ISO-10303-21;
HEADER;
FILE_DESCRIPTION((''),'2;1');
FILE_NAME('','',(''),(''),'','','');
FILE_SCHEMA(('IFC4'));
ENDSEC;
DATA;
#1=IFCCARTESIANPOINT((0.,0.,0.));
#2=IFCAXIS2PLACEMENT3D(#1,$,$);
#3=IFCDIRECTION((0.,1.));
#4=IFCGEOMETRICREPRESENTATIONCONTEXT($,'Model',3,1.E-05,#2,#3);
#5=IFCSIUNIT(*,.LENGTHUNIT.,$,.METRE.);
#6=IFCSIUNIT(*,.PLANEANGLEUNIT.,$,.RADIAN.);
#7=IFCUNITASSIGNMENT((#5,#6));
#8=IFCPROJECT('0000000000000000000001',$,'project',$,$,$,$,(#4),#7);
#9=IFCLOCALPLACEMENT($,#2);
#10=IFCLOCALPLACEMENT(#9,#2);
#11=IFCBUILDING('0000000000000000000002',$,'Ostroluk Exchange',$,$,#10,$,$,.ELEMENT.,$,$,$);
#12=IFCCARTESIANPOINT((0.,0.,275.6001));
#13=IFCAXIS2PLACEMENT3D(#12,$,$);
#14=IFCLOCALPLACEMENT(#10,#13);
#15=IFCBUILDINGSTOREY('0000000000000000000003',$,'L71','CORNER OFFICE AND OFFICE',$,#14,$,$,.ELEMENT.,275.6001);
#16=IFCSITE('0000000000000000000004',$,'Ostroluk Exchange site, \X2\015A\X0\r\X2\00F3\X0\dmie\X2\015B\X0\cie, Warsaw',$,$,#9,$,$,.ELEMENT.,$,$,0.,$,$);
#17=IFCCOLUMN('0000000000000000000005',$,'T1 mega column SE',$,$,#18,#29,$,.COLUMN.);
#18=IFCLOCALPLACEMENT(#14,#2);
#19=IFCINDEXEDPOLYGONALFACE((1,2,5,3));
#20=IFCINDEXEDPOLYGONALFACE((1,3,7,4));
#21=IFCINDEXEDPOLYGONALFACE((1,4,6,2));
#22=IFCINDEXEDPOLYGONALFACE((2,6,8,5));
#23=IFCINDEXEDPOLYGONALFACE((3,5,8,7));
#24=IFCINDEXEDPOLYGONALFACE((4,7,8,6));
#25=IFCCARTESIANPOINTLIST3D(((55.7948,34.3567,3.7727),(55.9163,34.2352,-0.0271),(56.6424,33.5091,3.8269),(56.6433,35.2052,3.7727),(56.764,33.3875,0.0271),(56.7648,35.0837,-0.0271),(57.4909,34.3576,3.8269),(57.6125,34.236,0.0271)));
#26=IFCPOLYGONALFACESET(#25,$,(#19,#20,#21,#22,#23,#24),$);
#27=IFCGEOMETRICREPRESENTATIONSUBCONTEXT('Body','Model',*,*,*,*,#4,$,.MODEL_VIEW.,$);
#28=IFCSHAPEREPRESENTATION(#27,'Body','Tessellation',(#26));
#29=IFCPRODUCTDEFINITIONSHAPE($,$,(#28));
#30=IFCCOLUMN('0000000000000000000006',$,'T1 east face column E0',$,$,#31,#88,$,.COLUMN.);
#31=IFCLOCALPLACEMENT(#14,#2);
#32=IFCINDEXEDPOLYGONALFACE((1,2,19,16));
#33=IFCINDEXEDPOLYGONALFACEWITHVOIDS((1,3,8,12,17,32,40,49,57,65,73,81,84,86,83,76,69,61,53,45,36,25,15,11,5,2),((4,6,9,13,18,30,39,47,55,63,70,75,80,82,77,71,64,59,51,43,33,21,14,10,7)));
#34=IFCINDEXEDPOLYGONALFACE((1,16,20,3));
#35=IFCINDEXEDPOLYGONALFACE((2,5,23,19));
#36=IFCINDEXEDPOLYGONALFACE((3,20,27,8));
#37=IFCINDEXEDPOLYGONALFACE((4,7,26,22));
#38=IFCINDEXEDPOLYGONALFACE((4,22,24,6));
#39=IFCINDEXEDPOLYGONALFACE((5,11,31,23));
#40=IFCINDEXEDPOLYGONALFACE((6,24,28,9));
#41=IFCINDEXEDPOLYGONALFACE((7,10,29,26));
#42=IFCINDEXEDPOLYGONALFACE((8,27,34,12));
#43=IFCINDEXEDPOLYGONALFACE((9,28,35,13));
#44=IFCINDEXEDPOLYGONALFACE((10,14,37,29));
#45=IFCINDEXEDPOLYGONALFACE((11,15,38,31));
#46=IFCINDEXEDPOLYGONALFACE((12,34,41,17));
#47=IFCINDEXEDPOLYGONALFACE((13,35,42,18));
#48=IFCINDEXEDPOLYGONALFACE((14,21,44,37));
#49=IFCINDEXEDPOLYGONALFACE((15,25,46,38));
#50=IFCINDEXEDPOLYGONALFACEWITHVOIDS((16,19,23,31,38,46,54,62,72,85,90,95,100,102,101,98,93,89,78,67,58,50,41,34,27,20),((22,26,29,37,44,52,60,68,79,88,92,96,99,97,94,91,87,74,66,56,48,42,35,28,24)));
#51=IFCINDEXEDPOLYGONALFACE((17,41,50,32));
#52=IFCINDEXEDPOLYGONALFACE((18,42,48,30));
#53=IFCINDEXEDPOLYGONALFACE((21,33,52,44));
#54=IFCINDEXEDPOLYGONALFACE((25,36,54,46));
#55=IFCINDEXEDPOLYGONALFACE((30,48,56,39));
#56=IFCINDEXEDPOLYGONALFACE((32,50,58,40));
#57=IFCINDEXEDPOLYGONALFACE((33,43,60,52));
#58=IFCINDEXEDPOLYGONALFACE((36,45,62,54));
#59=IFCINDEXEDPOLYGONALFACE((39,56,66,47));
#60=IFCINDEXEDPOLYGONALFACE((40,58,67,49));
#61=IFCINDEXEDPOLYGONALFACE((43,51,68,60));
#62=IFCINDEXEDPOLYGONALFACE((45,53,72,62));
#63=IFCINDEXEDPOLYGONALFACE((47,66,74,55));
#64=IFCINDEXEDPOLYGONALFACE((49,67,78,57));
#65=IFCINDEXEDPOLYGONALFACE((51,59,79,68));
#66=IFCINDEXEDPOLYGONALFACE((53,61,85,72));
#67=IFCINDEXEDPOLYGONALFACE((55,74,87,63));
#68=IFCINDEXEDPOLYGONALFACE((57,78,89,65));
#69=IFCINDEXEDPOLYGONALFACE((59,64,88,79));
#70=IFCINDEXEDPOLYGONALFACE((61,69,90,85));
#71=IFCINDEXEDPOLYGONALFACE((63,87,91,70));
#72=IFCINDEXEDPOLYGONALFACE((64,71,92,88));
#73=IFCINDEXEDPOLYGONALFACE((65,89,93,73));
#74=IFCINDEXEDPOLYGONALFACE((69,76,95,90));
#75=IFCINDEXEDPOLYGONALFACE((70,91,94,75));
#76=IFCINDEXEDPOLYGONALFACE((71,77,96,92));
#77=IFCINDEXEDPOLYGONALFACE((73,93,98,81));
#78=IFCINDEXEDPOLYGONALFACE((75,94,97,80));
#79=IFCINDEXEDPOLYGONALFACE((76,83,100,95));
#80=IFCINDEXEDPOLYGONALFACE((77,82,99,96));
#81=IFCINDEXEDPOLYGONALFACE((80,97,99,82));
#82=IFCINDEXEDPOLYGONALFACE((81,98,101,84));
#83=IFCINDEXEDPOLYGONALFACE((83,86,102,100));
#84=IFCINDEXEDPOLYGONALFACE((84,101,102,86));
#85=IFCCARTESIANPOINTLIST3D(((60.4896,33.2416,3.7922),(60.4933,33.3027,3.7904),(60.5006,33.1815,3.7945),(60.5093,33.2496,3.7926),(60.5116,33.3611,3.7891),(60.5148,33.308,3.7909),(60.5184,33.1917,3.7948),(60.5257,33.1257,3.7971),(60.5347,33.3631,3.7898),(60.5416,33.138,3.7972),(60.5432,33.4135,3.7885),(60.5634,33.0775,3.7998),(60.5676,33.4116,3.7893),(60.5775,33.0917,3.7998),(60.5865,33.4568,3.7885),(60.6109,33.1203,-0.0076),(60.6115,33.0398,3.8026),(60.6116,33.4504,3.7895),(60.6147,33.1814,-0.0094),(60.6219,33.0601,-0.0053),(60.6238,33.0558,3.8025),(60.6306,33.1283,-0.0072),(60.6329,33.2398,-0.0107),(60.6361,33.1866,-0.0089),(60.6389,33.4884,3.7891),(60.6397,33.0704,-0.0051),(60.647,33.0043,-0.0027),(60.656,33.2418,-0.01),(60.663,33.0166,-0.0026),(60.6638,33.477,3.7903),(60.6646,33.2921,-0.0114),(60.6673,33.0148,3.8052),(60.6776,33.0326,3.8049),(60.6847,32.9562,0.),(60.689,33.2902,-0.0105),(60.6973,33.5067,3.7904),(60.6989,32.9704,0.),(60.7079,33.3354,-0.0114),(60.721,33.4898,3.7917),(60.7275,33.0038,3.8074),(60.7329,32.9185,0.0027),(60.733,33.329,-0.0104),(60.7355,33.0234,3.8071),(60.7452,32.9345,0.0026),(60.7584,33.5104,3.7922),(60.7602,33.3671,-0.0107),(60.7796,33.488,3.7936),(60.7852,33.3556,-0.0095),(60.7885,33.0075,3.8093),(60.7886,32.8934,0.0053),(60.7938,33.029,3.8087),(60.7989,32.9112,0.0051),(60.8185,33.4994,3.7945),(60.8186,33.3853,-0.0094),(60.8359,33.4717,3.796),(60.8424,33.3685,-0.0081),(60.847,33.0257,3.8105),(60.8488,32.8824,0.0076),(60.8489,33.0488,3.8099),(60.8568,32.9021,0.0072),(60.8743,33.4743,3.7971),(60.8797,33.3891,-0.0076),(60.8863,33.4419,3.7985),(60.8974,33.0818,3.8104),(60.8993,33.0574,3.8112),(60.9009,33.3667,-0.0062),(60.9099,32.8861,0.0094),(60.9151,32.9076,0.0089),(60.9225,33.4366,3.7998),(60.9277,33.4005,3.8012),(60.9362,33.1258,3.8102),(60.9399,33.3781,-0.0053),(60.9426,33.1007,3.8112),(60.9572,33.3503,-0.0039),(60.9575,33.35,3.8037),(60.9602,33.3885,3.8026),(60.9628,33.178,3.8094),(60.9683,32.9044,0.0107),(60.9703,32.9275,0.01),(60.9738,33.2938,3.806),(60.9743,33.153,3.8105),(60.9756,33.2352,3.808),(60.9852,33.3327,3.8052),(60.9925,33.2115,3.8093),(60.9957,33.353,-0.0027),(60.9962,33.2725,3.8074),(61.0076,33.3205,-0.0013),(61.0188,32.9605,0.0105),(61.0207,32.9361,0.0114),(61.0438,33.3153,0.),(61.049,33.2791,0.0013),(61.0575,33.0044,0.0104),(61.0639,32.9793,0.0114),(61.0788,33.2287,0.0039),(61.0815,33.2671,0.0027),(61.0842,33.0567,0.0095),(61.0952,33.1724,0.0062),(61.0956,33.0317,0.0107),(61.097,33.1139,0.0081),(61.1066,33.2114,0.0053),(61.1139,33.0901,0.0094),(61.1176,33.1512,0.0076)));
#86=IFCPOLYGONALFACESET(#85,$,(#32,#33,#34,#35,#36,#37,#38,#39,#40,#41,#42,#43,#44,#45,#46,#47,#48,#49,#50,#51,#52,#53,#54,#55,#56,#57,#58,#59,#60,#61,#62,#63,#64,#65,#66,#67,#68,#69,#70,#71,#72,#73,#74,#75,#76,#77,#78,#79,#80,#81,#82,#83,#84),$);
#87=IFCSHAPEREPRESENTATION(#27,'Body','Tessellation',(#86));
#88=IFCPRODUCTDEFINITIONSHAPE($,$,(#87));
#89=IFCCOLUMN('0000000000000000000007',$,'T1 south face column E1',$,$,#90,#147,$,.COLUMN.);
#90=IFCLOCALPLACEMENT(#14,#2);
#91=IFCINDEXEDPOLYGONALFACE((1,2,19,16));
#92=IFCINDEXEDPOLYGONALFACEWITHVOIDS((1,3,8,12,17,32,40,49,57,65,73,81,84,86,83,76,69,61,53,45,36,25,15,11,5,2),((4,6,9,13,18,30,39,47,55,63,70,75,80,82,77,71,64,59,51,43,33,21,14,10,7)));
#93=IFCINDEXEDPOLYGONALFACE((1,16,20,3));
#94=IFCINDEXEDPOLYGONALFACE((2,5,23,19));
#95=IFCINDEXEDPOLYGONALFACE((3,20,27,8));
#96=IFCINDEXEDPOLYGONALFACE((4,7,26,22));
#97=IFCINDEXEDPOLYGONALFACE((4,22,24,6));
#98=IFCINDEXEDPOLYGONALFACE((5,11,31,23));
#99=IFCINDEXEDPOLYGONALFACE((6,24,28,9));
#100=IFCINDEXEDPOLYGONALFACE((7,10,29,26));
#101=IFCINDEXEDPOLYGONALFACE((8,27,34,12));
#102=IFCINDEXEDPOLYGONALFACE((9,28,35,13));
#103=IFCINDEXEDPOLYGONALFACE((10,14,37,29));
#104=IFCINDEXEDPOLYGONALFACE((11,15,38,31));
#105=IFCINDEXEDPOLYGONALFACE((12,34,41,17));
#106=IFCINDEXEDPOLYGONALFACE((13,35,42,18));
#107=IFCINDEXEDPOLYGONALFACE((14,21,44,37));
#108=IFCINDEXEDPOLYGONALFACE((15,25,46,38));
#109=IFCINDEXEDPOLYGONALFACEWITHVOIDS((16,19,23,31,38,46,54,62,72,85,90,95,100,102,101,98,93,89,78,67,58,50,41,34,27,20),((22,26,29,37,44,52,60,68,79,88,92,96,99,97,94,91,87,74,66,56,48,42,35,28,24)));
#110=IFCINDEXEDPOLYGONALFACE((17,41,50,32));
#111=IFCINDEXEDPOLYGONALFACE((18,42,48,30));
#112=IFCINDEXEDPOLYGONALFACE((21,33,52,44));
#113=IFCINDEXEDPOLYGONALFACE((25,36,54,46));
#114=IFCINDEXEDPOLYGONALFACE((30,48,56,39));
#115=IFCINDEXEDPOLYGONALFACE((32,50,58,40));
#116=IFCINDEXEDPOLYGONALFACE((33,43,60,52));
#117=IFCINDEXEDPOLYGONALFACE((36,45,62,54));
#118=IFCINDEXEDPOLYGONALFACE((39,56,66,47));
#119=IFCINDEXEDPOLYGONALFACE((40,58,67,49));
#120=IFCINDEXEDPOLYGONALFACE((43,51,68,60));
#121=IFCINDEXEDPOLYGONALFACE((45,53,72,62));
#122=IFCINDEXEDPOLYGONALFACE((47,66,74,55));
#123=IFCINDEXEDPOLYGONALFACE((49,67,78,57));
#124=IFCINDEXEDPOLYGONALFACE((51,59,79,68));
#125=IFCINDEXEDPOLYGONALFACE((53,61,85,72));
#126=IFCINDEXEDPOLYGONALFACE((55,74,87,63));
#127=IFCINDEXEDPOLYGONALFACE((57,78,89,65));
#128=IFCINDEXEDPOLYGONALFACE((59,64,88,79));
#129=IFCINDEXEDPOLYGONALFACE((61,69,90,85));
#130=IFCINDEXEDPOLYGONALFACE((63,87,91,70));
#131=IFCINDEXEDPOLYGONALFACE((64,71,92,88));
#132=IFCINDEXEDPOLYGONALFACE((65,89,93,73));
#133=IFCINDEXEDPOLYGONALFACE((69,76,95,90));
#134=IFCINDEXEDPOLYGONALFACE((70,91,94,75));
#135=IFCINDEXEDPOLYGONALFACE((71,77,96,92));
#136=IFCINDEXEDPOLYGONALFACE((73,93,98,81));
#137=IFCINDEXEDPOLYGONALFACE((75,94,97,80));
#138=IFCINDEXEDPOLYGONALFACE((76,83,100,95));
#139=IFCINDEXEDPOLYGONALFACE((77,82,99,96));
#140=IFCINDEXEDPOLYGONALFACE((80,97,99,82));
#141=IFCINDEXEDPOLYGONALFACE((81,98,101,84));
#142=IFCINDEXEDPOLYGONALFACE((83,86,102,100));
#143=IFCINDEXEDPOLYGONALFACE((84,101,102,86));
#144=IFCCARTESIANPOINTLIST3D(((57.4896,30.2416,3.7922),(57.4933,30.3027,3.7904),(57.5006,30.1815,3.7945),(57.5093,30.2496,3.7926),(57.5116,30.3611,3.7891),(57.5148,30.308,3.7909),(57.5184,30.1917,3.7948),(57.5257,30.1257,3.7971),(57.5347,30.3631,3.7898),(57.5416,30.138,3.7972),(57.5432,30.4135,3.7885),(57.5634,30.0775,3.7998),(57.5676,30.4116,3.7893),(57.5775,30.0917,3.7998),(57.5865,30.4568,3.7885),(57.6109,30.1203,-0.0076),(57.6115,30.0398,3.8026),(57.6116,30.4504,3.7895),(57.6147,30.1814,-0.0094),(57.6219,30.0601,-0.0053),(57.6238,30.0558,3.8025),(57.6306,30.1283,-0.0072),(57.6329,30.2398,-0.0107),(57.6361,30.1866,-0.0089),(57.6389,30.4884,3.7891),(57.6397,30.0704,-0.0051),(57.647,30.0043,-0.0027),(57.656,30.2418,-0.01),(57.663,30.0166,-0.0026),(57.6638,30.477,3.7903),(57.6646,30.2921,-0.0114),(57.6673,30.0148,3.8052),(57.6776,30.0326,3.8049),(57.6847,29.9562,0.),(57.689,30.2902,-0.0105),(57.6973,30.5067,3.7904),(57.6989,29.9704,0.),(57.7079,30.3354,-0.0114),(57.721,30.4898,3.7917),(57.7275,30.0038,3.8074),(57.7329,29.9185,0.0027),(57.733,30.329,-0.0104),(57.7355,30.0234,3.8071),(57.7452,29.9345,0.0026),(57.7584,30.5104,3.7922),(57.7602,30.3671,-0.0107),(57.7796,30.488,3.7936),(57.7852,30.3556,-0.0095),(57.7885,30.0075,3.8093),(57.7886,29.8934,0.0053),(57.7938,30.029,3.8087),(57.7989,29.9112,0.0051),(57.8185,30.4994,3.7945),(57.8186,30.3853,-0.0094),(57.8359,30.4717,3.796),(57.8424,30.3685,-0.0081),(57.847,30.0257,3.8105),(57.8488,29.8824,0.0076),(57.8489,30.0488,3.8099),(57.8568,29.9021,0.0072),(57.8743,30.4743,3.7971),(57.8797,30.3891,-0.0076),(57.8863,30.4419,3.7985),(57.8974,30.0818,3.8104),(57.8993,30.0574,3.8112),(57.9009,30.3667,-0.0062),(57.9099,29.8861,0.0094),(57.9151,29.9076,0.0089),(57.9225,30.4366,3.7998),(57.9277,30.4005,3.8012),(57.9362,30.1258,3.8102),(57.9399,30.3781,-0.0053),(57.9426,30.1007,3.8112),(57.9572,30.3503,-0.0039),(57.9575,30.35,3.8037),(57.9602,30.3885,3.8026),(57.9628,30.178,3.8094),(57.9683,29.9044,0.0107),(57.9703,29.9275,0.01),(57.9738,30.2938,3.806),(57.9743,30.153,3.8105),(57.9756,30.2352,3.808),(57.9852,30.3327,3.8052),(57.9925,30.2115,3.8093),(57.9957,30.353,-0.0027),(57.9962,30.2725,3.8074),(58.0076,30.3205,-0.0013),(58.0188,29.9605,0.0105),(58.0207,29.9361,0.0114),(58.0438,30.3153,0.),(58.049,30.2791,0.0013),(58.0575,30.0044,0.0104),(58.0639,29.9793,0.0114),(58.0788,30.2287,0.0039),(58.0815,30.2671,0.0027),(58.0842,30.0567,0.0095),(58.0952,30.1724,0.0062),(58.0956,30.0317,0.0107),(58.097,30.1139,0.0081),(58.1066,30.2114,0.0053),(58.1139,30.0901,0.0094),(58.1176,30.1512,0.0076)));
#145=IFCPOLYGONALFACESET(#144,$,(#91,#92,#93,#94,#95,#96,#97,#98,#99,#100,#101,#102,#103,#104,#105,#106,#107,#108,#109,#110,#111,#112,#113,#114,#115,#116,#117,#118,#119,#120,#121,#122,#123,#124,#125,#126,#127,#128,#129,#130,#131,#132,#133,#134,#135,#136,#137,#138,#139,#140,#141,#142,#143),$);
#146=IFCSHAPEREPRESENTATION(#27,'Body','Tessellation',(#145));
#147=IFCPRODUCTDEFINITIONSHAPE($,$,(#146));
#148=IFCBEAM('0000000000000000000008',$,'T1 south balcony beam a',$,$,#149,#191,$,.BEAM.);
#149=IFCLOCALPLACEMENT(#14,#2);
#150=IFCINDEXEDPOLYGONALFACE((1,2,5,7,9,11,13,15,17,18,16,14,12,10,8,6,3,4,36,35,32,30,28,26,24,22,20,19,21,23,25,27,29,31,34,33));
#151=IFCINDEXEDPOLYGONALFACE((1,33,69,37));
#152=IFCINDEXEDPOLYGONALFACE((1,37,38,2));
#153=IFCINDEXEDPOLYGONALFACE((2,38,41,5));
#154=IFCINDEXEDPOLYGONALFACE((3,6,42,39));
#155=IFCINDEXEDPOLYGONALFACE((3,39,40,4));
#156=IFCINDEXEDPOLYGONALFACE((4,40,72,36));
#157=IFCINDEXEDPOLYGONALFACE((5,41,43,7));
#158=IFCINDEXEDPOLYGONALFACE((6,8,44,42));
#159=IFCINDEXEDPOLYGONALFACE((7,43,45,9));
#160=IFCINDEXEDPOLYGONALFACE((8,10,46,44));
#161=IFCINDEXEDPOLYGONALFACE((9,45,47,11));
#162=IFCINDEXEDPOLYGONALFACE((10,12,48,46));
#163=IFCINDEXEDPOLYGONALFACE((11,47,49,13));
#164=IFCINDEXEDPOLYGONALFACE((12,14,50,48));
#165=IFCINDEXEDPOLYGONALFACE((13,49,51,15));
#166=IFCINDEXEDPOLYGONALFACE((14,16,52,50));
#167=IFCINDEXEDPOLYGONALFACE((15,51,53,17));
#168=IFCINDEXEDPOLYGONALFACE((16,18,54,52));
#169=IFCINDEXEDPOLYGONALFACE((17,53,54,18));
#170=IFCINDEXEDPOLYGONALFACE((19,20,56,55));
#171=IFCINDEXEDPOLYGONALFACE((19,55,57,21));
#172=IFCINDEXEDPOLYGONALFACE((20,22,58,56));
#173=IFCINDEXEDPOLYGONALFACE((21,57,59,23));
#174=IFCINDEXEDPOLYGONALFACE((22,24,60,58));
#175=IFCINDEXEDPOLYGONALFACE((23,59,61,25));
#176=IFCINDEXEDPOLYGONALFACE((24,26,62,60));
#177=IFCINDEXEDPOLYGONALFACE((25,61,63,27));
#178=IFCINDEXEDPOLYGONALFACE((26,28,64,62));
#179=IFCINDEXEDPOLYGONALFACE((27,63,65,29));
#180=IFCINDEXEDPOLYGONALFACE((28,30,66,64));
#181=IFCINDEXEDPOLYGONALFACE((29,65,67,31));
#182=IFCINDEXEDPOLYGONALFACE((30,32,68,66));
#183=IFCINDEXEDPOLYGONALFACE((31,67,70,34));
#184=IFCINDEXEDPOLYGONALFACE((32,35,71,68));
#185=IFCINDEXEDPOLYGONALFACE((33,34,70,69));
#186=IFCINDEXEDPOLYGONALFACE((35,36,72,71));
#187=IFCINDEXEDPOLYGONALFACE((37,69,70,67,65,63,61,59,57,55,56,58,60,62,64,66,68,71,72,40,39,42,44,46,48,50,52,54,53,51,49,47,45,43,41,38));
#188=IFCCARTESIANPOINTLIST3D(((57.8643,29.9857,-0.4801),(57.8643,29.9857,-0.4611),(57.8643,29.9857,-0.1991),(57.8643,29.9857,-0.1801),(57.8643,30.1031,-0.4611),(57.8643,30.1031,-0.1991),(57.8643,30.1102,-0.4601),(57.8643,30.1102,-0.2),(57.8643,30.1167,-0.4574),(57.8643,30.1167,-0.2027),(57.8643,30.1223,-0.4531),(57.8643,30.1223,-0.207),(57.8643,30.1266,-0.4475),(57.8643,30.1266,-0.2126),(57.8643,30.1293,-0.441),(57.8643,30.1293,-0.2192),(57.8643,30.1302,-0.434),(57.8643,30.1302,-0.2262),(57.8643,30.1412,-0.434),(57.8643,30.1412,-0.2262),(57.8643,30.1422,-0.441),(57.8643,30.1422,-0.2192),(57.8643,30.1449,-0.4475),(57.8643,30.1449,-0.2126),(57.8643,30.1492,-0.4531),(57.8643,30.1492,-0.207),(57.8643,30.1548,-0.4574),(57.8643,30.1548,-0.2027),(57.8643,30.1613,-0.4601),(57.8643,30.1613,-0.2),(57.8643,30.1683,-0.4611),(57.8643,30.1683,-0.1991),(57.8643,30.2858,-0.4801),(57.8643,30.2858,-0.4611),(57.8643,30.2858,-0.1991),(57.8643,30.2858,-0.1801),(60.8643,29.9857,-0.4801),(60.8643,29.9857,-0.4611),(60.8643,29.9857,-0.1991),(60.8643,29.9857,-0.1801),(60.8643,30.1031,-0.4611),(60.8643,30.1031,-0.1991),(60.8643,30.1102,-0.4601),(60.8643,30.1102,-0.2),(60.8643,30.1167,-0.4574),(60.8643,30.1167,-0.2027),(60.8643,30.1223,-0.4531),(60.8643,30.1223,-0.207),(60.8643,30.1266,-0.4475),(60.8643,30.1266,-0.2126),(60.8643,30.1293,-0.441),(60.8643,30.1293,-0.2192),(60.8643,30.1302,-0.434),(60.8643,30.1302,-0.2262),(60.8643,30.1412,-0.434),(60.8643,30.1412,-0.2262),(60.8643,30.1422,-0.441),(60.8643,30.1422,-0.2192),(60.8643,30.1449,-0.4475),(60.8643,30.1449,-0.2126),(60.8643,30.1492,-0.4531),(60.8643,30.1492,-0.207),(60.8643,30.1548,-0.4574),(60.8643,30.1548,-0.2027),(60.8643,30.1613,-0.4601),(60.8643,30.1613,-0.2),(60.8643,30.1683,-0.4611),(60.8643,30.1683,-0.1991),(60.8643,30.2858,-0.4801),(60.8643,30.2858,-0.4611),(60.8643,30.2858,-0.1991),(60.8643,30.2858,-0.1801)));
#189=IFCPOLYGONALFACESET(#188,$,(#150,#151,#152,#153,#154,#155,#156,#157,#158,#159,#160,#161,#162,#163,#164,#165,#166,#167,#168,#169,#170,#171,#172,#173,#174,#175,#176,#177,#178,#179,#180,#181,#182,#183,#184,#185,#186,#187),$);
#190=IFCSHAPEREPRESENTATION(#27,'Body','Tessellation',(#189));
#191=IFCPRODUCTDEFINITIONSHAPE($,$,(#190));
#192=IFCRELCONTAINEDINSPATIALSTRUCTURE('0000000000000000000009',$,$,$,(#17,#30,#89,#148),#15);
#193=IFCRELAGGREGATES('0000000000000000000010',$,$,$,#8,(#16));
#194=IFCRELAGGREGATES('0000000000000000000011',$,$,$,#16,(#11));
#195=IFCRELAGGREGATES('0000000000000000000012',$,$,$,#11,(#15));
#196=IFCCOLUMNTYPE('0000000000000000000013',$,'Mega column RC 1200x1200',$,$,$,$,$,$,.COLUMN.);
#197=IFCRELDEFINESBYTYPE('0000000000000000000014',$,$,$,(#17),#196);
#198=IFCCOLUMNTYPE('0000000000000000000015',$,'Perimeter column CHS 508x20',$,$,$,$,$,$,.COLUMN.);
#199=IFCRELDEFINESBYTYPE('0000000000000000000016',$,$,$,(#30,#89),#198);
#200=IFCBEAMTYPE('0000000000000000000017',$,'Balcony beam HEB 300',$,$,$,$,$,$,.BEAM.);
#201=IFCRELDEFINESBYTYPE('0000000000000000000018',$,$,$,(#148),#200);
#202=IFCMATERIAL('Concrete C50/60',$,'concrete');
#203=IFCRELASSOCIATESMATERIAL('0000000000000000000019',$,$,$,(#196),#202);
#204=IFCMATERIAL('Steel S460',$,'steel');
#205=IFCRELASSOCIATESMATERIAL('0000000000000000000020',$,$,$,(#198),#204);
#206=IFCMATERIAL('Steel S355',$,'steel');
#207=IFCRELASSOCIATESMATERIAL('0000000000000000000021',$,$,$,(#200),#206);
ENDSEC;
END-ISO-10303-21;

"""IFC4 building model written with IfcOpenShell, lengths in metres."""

from ifc_helpers import new_model, si_unit, direction, frame, origin, origin_2d, place, context, subcontext, project, spatial, rectangle, hollow_circle, i_section, extrude, material, material_profile, profile_set, type_object, element, save


model = new_model("IFC4")

# Units and contexts
model_context = context("Model", 3, precision=1e-05, world=origin(), true_north=direction((0.0, 1.0)))
body_context = subcontext(model_context, "Body", "Model", "MODEL_VIEW")
ifc_project = project(units=[si_unit("LENGTHUNIT", "METRE"), si_unit("PLANEANGLEUNIT", "RADIAN")], contexts=[model_context])

# Site, building, storey
site_placement = place(None, origin())
site = spatial("IfcSite", under=ifc_project, at=site_placement, Name="Ostroluk Exchange site, Śródmieście, Warsaw", CompositionType="ELEMENT", RefElevation=0.0)
building_placement = place(site_placement, origin())
building = spatial("IfcBuilding", under=site, at=building_placement, Name="Ostroluk Exchange", CompositionType="ELEMENT")
storey_placement = place(building_placement, frame((0.0, 0.0, 275.6001)))
storey = spatial("IfcBuildingStorey", under=building, at=storey_placement, Name="L71", Description="CORNER OFFICE AND OFFICE", CompositionType="ELEMENT", Elevation=275.6001)

# Columns
ifc_material_1 = material(Name="Concrete C50/60", Category="concrete")
ifc_material_profile_1 = material_profile(ifc_material_1, rectangle(XDim=1.2, YDim=1.2, at=origin_2d()), Name="RC 1200x1200")
ifc_profile_set_1 = profile_set([ifc_material_profile_1], Name="Concrete C50/60")
column_type_1 = type_object("IfcColumnType", Name="Mega column RC 1200x1200", PredefinedType="COLUMN", material=ifc_profile_set_1)
column_placement = place(storey_placement, frame((56.7644, 34.2356, 0.0), z_axis=(-0.031964, 0.031964, 0.998978), x_axis=(-0.707107, -0.707107, 0.0)))
element("IfcColumn", 1, at=column_placement, inside=storey, type_object=column_type_1, Name="T1 mega column SE", PredefinedType="COLUMN", context=body_context, shape_type="SweptSolid", body=[
    extrude(rectangle(XDim=1.2, YDim=1.2, at=origin_2d()), origin(), (0.0, 0.0, 1.0), 3.8037),
])
ifc_material_2 = material(Name="Steel S460", Category="steel")
ifc_material_profile_2 = material_profile(ifc_material_2, hollow_circle(Radius=0.2539, WallThickness=0.02, at=origin_2d()), Name="CHS 508x20")
ifc_profile_set_2 = profile_set([ifc_material_profile_2], Name="Steel S460")
column_type_2 = type_object("IfcColumnType", Name="Perimeter column CHS 508x20", PredefinedType="COLUMN", material=ifc_profile_set_2)
for number, where, z_axis, x_axis, name in (
    (2, (60.8643, 33.1357, 0.0), (-0.0319, 0.0319, 0.998982), (-0.707107, -0.707107, 0.0), "T1 east face column E0"),
    (3, (57.8643, 30.1357, 0.0), (-0.0319, 0.0319, 0.998982), (-0.707107, -0.707107, 0.0), "T1 south face column E1"),
):
    element("IfcColumn", number, at=place(storey_placement, frame(where, z_axis=z_axis, x_axis=x_axis)), inside=storey, type_object=column_type_2, Name=name, PredefinedType="COLUMN", context=body_context, shape_type="SweptSolid", body=[
        extrude(hollow_circle(Radius=0.2539, WallThickness=0.02, at=origin_2d()), origin(), (0.0, 0.0, 1.0), 3.8037),
    ])

# Beam
ifc_material_3 = material(Name="Steel S355", Category="steel")
ifc_material_profile_3 = material_profile(ifc_material_3, i_section(OverallWidth=0.3, OverallDepth=0.3, WebThickness=0.011, FlangeThickness=0.019, FilletRadius=0.0271, at=origin_2d()), Name="HEB 300")
ifc_profile_set_3 = profile_set([ifc_material_profile_3], Name="Steel S355")
beam_type_1 = type_object("IfcBeamType", Name="Balcony beam HEB 300", PredefinedType="BEAM", material=ifc_profile_set_3)
for number, where, z_axis, x_axis, name in (
    (4, (57.8643, 30.1357, -0.3301), (1.0, 0.0, 0.0), (0.0, 1.0, 0.0), "T1 south balcony beam a"),
):
    element("IfcBeam", number, at=place(storey_placement, frame(where, z_axis=z_axis, x_axis=x_axis)), inside=storey, type_object=beam_type_1, Name=name, PredefinedType="BEAM", context=body_context, shape_type="SweptSolid", body=[
        extrude(i_section(OverallWidth=0.3, OverallDepth=0.3, WebThickness=0.011, FlangeThickness=0.019, FilletRadius=0.0271, at=origin_2d()), origin(), (0.0, 0.0, 1.0), 3.0),
    ])

save(model, "model.ifc")
